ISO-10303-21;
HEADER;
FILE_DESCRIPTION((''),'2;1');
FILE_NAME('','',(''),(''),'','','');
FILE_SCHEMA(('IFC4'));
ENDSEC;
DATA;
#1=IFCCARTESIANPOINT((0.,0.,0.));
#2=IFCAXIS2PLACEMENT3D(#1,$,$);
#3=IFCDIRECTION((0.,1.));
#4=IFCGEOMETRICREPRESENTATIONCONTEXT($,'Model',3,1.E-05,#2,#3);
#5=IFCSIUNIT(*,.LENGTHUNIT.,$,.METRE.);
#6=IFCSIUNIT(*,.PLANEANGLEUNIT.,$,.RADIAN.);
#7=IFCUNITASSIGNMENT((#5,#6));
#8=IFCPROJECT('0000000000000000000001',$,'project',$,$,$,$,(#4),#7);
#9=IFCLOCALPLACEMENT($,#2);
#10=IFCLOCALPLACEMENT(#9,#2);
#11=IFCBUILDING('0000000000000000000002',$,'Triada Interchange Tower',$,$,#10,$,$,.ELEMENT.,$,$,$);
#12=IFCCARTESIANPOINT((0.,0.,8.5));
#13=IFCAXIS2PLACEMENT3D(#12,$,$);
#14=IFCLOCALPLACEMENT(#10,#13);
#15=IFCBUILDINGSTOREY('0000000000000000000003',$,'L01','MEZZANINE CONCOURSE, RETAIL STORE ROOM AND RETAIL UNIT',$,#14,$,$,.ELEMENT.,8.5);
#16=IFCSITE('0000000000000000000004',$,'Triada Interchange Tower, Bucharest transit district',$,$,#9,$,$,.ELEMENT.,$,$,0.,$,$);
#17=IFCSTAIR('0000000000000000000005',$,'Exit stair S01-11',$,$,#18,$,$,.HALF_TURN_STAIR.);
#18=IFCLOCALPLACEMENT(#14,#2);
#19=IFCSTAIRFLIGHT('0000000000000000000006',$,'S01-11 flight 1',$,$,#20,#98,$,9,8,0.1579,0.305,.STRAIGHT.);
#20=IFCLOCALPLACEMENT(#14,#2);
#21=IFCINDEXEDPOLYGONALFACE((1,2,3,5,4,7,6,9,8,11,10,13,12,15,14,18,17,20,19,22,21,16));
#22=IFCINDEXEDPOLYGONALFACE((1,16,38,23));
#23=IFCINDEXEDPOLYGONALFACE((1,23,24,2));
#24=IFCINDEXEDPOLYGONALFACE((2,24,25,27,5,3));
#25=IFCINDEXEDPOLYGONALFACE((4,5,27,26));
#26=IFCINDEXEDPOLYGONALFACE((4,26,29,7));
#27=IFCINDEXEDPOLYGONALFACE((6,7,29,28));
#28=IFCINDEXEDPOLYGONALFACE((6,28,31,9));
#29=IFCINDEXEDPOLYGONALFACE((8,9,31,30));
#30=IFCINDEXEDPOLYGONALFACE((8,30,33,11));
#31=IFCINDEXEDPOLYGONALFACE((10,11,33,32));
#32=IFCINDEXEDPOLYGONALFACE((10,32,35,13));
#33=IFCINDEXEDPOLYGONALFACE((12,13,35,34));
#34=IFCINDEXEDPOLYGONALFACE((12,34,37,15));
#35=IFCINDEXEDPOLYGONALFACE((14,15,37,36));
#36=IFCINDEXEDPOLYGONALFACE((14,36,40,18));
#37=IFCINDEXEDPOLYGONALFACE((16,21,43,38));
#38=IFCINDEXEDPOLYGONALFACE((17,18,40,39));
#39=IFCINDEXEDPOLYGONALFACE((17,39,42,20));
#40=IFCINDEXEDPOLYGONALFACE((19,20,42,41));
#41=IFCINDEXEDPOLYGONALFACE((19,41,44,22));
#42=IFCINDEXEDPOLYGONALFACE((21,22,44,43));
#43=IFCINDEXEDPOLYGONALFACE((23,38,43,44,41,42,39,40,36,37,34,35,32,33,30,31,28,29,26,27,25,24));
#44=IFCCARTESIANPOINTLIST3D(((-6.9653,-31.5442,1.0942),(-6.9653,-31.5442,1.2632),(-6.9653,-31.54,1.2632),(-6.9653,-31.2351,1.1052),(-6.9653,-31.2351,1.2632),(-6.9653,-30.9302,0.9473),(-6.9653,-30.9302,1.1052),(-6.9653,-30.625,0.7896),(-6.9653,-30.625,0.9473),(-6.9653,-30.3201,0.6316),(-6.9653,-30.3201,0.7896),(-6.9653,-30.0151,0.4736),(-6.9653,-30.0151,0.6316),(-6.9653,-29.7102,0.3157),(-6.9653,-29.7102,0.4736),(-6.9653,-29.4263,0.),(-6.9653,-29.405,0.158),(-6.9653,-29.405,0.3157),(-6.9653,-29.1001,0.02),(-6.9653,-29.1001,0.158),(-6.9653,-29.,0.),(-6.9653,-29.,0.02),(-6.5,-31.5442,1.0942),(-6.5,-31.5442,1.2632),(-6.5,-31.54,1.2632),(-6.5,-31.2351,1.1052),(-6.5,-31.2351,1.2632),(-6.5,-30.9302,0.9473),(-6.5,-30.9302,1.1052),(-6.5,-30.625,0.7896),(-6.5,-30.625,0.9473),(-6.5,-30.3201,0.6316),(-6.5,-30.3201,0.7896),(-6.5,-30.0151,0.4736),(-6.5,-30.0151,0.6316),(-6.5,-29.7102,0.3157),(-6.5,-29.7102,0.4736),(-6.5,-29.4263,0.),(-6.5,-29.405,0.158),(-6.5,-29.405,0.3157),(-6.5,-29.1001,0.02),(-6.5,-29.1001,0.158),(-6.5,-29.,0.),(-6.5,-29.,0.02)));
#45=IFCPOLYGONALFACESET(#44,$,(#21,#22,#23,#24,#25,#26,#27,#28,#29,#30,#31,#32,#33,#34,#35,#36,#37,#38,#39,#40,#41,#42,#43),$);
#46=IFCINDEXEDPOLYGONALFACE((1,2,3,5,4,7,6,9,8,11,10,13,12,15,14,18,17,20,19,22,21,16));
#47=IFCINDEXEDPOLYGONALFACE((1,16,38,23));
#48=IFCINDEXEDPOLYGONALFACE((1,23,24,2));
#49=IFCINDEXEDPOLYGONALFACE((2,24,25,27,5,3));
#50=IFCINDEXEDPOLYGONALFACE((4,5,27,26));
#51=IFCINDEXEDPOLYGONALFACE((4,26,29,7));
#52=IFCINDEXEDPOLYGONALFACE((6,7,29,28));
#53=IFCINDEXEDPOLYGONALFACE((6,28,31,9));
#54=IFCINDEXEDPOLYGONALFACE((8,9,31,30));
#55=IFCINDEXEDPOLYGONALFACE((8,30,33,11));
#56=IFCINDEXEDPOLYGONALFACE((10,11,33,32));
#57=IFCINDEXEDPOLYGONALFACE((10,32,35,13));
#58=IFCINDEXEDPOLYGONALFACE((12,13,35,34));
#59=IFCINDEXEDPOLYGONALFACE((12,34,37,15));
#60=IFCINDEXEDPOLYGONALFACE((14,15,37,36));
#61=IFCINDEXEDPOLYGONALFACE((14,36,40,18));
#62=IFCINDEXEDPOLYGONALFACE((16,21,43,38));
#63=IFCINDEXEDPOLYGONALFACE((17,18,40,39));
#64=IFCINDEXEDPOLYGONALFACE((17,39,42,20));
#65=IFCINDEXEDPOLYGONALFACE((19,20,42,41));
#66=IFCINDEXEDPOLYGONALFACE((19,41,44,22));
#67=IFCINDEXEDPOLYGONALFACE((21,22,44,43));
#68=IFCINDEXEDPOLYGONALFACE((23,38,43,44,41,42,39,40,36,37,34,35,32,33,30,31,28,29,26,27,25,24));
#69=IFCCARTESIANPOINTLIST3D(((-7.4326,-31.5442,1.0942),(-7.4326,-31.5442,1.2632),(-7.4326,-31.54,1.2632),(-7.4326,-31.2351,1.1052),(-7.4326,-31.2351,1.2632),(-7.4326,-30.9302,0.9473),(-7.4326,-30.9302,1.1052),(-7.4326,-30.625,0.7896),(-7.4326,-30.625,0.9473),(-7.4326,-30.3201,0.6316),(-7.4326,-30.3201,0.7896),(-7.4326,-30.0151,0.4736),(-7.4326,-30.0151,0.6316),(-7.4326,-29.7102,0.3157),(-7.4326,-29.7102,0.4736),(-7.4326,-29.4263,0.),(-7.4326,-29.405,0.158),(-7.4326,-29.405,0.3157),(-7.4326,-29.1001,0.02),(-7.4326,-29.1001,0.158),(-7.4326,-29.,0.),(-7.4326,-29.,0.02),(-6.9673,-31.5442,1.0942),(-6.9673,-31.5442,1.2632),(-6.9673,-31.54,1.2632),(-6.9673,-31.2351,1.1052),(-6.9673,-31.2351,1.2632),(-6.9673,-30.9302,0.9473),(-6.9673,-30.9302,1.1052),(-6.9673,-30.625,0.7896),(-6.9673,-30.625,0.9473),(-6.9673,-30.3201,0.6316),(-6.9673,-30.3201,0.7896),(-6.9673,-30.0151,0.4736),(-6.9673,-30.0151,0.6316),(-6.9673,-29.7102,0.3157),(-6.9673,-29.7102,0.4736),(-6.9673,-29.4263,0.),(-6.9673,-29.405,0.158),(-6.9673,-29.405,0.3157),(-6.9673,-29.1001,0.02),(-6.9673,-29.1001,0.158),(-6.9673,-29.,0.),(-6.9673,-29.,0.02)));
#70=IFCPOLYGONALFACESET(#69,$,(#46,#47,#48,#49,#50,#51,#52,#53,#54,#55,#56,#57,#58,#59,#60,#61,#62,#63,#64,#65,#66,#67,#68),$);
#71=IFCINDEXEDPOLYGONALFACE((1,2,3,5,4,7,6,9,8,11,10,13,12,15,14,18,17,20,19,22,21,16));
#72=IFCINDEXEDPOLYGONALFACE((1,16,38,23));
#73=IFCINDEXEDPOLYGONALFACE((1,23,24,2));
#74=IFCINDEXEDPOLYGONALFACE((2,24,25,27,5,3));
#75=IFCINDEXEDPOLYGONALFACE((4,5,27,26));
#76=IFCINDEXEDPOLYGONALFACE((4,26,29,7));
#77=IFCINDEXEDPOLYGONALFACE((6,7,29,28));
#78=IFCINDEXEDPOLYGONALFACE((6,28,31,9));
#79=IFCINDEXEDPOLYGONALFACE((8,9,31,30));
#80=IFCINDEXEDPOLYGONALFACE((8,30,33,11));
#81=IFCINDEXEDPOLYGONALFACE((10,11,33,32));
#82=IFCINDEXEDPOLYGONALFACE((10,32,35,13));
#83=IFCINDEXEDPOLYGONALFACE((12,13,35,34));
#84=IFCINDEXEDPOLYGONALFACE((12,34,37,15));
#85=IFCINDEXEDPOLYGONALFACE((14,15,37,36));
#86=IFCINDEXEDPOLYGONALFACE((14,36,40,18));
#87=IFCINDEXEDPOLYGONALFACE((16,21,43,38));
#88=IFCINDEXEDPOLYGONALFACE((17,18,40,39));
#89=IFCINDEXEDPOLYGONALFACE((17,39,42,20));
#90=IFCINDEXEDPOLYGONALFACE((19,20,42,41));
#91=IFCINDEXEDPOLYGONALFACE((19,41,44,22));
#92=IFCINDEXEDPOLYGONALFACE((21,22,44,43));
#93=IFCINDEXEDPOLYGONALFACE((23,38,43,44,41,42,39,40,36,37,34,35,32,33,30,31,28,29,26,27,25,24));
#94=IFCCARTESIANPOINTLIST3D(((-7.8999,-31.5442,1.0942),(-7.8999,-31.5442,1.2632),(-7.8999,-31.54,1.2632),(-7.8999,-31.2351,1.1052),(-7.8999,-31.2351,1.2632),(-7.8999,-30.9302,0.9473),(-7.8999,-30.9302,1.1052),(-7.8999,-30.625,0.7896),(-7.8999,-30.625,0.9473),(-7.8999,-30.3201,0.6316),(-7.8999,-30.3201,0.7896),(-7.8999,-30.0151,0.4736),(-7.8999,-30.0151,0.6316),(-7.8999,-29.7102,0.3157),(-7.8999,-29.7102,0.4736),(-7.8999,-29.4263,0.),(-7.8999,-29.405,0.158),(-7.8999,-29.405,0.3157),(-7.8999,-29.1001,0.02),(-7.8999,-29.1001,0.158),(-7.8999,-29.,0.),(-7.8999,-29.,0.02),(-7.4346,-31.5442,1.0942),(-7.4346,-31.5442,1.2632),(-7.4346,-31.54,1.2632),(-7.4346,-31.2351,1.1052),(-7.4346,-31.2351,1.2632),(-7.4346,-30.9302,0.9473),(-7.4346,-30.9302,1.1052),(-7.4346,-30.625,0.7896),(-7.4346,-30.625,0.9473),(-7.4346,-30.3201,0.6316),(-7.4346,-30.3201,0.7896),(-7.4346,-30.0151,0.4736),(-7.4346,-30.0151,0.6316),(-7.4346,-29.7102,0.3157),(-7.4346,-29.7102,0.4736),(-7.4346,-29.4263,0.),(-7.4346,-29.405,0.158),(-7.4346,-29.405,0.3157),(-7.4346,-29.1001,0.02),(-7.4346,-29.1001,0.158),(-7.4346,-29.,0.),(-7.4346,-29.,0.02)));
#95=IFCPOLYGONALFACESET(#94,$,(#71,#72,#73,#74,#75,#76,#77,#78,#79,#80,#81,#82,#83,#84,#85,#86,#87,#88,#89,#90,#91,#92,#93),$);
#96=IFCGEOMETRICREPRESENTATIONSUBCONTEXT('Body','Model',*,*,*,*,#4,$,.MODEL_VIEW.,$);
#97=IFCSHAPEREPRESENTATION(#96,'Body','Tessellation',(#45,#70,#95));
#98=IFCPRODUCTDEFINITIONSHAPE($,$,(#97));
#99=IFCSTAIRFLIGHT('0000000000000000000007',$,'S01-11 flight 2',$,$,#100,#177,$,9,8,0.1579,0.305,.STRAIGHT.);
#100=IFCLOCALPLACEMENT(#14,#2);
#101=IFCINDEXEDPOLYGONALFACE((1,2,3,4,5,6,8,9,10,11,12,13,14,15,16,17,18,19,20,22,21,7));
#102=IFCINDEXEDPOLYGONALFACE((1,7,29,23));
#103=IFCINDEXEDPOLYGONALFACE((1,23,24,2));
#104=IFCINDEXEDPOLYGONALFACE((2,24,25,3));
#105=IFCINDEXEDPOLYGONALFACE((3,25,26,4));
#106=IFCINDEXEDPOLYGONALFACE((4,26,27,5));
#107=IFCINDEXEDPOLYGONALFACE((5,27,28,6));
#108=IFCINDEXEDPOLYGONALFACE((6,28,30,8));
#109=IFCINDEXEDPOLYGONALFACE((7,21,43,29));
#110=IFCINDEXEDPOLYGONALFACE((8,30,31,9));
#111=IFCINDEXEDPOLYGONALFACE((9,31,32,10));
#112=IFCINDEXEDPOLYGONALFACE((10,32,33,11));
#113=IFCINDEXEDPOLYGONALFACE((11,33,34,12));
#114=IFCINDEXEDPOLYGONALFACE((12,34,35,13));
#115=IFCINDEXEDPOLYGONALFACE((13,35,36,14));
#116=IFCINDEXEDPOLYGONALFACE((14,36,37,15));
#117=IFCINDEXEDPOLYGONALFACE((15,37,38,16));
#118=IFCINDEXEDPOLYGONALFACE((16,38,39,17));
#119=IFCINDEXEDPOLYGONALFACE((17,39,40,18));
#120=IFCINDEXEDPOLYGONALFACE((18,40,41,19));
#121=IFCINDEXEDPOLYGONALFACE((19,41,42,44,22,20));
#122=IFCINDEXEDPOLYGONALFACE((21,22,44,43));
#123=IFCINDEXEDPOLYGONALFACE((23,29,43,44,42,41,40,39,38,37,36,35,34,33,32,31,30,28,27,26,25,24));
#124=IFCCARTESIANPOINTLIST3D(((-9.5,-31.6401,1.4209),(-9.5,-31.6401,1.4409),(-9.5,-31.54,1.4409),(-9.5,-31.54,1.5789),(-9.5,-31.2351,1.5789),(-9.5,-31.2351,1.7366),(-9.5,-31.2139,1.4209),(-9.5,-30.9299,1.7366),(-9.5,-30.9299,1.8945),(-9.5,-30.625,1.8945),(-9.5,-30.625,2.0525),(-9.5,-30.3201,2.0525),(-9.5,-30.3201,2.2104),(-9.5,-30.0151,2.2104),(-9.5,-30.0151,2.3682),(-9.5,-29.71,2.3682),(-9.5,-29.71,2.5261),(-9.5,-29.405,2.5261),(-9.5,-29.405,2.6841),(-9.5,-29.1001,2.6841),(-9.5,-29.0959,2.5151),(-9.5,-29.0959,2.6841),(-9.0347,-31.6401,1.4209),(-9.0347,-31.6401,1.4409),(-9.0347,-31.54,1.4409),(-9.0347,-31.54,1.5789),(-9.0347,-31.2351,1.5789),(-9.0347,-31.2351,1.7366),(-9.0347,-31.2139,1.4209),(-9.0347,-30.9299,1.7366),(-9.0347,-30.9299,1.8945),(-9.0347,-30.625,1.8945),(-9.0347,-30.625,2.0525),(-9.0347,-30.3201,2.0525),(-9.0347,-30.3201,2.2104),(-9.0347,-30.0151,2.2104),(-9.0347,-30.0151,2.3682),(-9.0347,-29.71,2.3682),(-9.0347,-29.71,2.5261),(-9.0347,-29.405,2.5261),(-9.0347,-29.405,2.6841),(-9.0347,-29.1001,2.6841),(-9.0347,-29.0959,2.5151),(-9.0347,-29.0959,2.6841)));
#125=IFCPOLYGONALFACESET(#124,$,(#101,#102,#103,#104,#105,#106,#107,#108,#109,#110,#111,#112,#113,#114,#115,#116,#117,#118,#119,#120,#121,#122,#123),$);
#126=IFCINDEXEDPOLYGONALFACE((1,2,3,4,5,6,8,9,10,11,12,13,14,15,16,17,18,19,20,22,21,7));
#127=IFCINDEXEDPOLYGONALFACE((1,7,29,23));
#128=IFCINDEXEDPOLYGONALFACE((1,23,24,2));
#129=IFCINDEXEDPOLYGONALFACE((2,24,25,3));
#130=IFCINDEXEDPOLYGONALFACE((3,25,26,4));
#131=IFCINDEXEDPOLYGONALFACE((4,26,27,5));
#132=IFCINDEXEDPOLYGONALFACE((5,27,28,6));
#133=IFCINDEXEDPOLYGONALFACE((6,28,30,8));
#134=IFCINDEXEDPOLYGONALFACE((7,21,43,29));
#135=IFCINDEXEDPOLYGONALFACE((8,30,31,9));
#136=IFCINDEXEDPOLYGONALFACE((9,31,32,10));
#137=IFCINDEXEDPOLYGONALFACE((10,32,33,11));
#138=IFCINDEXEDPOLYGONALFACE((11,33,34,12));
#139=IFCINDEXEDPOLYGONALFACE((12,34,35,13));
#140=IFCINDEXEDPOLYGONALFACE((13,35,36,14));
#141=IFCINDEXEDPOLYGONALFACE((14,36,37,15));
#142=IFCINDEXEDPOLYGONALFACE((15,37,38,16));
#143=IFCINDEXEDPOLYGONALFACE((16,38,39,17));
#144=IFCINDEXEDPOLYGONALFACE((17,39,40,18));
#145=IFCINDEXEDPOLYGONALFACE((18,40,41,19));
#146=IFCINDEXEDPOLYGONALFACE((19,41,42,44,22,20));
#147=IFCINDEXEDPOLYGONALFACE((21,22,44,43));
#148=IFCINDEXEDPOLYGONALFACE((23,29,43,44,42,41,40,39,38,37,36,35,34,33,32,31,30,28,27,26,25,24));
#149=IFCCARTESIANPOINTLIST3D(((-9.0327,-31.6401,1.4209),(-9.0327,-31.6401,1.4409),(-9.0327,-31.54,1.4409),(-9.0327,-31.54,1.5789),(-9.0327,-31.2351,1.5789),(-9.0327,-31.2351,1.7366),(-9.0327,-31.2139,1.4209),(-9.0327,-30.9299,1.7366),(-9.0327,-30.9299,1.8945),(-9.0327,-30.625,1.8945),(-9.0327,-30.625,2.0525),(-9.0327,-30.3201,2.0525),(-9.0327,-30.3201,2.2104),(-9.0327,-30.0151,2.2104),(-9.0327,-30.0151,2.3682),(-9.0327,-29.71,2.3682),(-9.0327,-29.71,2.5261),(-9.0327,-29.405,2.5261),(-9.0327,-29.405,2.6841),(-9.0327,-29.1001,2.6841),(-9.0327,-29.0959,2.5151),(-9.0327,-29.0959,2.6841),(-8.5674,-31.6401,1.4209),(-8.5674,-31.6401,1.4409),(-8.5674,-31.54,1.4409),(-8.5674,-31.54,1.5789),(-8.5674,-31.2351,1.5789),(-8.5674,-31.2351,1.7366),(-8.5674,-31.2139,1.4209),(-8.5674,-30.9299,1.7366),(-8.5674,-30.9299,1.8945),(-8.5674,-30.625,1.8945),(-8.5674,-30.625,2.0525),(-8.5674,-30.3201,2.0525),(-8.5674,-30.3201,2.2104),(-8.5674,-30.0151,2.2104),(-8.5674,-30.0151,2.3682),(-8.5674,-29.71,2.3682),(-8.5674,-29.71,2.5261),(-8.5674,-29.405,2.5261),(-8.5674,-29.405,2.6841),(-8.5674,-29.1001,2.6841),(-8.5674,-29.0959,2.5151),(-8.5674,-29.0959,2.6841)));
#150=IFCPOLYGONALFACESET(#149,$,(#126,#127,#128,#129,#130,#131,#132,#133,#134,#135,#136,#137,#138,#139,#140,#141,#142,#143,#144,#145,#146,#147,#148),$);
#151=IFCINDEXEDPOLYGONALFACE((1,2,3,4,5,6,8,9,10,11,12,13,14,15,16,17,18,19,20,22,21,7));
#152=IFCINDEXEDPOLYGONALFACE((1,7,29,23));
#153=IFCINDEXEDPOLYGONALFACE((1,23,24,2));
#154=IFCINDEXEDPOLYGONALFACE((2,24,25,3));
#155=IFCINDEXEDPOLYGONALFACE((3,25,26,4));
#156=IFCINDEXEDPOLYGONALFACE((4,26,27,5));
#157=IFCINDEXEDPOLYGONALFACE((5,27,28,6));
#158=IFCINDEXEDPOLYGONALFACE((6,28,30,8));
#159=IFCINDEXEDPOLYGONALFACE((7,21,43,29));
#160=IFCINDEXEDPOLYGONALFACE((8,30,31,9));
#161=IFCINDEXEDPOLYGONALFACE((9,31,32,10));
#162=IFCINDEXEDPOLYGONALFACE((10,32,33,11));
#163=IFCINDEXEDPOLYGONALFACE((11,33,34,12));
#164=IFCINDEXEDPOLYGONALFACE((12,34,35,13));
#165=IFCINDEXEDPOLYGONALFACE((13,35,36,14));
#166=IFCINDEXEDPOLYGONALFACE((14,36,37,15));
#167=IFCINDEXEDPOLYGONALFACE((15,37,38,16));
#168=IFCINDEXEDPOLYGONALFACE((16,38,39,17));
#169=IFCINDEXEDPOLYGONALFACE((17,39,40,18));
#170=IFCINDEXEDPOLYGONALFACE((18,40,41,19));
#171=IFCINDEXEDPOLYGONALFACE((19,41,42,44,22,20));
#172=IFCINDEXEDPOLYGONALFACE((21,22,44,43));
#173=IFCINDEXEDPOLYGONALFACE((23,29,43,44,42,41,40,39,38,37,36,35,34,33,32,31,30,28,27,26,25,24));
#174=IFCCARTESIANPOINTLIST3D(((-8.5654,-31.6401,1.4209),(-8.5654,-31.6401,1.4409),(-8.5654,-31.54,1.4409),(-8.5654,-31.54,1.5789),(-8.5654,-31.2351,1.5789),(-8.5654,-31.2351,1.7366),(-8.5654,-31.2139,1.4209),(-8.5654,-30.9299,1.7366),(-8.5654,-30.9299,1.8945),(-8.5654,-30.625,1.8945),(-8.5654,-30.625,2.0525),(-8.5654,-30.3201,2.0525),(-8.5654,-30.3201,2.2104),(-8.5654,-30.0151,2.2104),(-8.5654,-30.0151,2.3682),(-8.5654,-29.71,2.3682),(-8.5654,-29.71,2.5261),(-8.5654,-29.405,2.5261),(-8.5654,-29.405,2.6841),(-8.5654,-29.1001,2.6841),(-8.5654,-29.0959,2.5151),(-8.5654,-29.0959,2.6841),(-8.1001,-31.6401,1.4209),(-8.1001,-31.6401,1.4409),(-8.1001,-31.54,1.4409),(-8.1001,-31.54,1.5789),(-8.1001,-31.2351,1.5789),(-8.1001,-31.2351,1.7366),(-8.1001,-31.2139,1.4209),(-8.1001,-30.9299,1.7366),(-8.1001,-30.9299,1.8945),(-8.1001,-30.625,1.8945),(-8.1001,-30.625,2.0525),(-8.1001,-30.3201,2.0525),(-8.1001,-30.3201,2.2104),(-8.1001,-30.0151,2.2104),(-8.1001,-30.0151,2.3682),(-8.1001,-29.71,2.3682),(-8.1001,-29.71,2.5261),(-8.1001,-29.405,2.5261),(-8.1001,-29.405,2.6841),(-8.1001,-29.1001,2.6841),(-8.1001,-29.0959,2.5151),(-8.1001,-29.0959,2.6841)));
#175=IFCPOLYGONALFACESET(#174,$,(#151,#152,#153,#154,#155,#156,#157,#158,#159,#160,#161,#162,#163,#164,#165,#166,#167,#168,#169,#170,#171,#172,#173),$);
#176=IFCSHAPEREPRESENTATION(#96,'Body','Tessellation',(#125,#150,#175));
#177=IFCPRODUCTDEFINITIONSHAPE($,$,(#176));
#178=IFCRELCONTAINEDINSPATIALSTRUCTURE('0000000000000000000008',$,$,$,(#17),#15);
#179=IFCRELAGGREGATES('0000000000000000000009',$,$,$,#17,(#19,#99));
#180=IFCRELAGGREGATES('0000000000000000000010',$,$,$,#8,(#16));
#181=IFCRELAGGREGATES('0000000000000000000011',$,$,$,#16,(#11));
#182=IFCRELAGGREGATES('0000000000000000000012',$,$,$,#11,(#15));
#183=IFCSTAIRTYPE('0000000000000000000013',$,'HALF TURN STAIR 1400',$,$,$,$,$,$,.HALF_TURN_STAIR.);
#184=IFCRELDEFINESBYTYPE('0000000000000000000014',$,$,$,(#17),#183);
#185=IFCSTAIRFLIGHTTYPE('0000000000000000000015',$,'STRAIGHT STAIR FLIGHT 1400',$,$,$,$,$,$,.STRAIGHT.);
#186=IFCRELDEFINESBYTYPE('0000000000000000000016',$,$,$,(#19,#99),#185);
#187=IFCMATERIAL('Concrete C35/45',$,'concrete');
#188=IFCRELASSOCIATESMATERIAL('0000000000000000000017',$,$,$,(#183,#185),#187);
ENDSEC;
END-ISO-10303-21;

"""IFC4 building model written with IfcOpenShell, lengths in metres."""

from ifc_helpers import new_model, si_unit, direction, frame, origin, place, context, subcontext, project, spatial, polyline, outline, extrude, material, type_object, element, aggregate, save


model = new_model("IFC4")

# Units and contexts
model_context = context("Model", 3, precision=1e-05, world=origin(), true_north=direction((0.0, 1.0)))
body_context = subcontext(model_context, "Body", "Model", "MODEL_VIEW")
ifc_project = project(units=[si_unit("LENGTHUNIT", "METRE"), si_unit("PLANEANGLEUNIT", "RADIAN")], contexts=[model_context])

# Site, building, storey
site_placement = place(None, origin())
site = spatial("IfcSite", under=ifc_project, at=site_placement, Name="Triada Interchange Tower, Bucharest transit district", CompositionType="ELEMENT", RefElevation=0.0)
building_placement = place(site_placement, origin())
building = spatial("IfcBuilding", under=site, at=building_placement, Name="Triada Interchange Tower", CompositionType="ELEMENT")
storey_placement = place(building_placement, frame((0.0, 0.0, 8.5)))
storey = spatial("IfcBuildingStorey", under=building, at=storey_placement, Name="L01", Description="MEZZANINE CONCOURSE, RETAIL STORE ROOM AND RETAIL UNIT", CompositionType="ELEMENT", Elevation=8.5)

# Shared definitions
ifc_material_1 = material(Name="Concrete C35/45", Category="concrete")

# Stair, stair flights
stair_type = type_object("IfcStairType", Name="HALF TURN STAIR 1400", PredefinedType="HALF_TURN_STAIR", material=ifc_material_1)
stair_placement = place(storey_placement, origin())
stair = element("IfcStair", 1, at=stair_placement, inside=storey, type_object=stair_type, Name="Exit stair S01-11", PredefinedType="HALF_TURN_STAIR")
stair_flight_type = type_object("IfcStairFlightType", Name="STRAIGHT STAIR FLIGHT 1400", PredefinedType="STRAIGHT", material=ifc_material_1)
stair_flight_1_placement = place(storey_placement, frame((-7.2, -29.1001, 0.0), z_axis=(0.0, 0.0, 1.0), x_axis=(0.0, -1.0, 0.0)))
stair_flight_1 = element("IfcStairFlight", 2, at=stair_flight_1_placement, type_object=stair_flight_type, Name="S01-11 flight 1", NumberOfRisers=9, NumberOfTreads=8, PredefinedType="STRAIGHT", RiserHeight=0.1579, TreadLength=0.305, context=body_context, shape_type="SweptSolid", body=[
    extrude(outline(polyline([(-0.1001, 0.0), (-0.1001, 0.02), (0.0, 0.02), (0.0, 0.158), (0.3049, 0.158), (0.3049, 0.3157), (0.6101, 0.3157), (0.6101, 0.4736), (0.915, 0.4736), (0.915, 0.6316), (1.22, 0.6316), (1.22, 0.7896), (1.5249, 0.7896), (1.5249, 0.9473), (1.8301, 0.9473), (1.8301, 1.1052), (2.135, 1.1052), (2.135, 1.2632), (2.4399, 1.2632), (2.4441, 1.2632), (2.4441, 1.4209), (2.4441, 1.0942), (0.3262, 0.0), (-0.1001, 0.0)])), frame((0.0, 0.7, 0.0), z_axis=(0.0, -1.0, 0.0), x_axis=(1.0, 0.0, 0.0)), (0.0, 0.0, 1.0), 0.4653),
    extrude(outline(polyline([(-0.1001, 0.0), (-0.1001, 0.02), (0.0, 0.02), (0.0, 0.158), (0.3049, 0.158), (0.3049, 0.3157), (0.6101, 0.3157), (0.6101, 0.4736), (0.915, 0.4736), (0.915, 0.6316), (1.22, 0.6316), (1.22, 0.7896), (1.5249, 0.7896), (1.5249, 0.9473), (1.8301, 0.9473), (1.8301, 1.1052), (2.135, 1.1052), (2.135, 1.2632), (2.4399, 1.2632), (2.4441, 1.2632), (2.4441, 1.4209), (2.4441, 1.0942), (0.3262, 0.0), (-0.1001, 0.0)])), frame((0.0, 0.2327, 0.0), z_axis=(0.0, -1.0, 0.0), x_axis=(1.0, 0.0, 0.0)), (0.0, 0.0, 1.0), 0.4653),
    extrude(outline(polyline([(-0.1001, 0.0), (-0.1001, 0.02), (0.0, 0.02), (0.0, 0.158), (0.3049, 0.158), (0.3049, 0.3157), (0.6101, 0.3157), (0.6101, 0.4736), (0.915, 0.4736), (0.915, 0.6316), (1.22, 0.6316), (1.22, 0.7896), (1.5249, 0.7896), (1.5249, 0.9473), (1.8301, 0.9473), (1.8301, 1.1052), (2.135, 1.1052), (2.135, 1.2632), (2.4399, 1.2632), (2.4441, 1.2632), (2.4441, 1.4209), (2.4441, 1.0942), (0.3262, 0.0), (-0.1001, 0.0)])), frame((0.0, -0.2346, 0.0), z_axis=(0.0, -1.0, 0.0), x_axis=(1.0, 0.0, 0.0)), (0.0, 0.0, 1.0), 0.4653),
])
stair_flight_2_placement = place(storey_placement, frame((-8.8, -31.54, 1.4209), z_axis=(0.0, 0.0, 1.0), x_axis=(0.0, 1.0, 0.0)))
stair_flight_2 = element("IfcStairFlight", 3, at=stair_flight_2_placement, type_object=stair_flight_type, Name="S01-11 flight 2", NumberOfRisers=9, NumberOfTreads=8, PredefinedType="STRAIGHT", RiserHeight=0.1579, TreadLength=0.305, context=body_context, shape_type="SweptSolid", body=[
    extrude(outline(polyline([(-0.1001, 0.0), (-0.1001, 0.02), (0.0, 0.02), (0.0, 0.158), (0.3049, 0.158), (0.3049, 0.3157), (0.6101, 0.3157), (0.6101, 0.4736), (0.915, 0.4736), (0.915, 0.6316), (1.22, 0.6316), (1.22, 0.7896), (1.5249, 0.7896), (1.5249, 0.9473), (1.8301, 0.9473), (1.8301, 1.1052), (2.135, 1.1052), (2.135, 1.2632), (2.4399, 1.2632), (2.4441, 1.2632), (2.4441, 1.4209), (2.4441, 1.0942), (0.3262, 0.0), (-0.1001, 0.0)])), frame((0.0, 0.7, 0.0), z_axis=(0.0, -1.0, 0.0), x_axis=(1.0, 0.0, 0.0)), (0.0, 0.0, 1.0), 0.4653),
    extrude(outline(polyline([(-0.1001, 0.0), (-0.1001, 0.02), (0.0, 0.02), (0.0, 0.158), (0.3049, 0.158), (0.3049, 0.3157), (0.6101, 0.3157), (0.6101, 0.4736), (0.915, 0.4736), (0.915, 0.6316), (1.22, 0.6316), (1.22, 0.7896), (1.5249, 0.7896), (1.5249, 0.9473), (1.8301, 0.9473), (1.8301, 1.1052), (2.135, 1.1052), (2.135, 1.2632), (2.4399, 1.2632), (2.4441, 1.2632), (2.4441, 1.4209), (2.4441, 1.0942), (0.3262, 0.0), (-0.1001, 0.0)])), frame((0.0, 0.2327, 0.0), z_axis=(0.0, -1.0, 0.0), x_axis=(1.0, 0.0, 0.0)), (0.0, 0.0, 1.0), 0.4653),
    extrude(outline(polyline([(-0.1001, 0.0), (-0.1001, 0.02), (0.0, 0.02), (0.0, 0.158), (0.3049, 0.158), (0.3049, 0.3157), (0.6101, 0.3157), (0.6101, 0.4736), (0.915, 0.4736), (0.915, 0.6316), (1.22, 0.6316), (1.22, 0.7896), (1.5249, 0.7896), (1.5249, 0.9473), (1.8301, 0.9473), (1.8301, 1.1052), (2.135, 1.1052), (2.135, 1.2632), (2.4399, 1.2632), (2.4441, 1.2632), (2.4441, 1.4209), (2.4441, 1.0942), (0.3262, 0.0), (-0.1001, 0.0)])), frame((0.0, -0.2346, 0.0), z_axis=(0.0, -1.0, 0.0), x_axis=(1.0, 0.0, 0.0)), (0.0, 0.0, 1.0), 0.4653),
])
aggregate(stair, [stair_flight_1, stair_flight_2])

save(model, "model.ifc")
